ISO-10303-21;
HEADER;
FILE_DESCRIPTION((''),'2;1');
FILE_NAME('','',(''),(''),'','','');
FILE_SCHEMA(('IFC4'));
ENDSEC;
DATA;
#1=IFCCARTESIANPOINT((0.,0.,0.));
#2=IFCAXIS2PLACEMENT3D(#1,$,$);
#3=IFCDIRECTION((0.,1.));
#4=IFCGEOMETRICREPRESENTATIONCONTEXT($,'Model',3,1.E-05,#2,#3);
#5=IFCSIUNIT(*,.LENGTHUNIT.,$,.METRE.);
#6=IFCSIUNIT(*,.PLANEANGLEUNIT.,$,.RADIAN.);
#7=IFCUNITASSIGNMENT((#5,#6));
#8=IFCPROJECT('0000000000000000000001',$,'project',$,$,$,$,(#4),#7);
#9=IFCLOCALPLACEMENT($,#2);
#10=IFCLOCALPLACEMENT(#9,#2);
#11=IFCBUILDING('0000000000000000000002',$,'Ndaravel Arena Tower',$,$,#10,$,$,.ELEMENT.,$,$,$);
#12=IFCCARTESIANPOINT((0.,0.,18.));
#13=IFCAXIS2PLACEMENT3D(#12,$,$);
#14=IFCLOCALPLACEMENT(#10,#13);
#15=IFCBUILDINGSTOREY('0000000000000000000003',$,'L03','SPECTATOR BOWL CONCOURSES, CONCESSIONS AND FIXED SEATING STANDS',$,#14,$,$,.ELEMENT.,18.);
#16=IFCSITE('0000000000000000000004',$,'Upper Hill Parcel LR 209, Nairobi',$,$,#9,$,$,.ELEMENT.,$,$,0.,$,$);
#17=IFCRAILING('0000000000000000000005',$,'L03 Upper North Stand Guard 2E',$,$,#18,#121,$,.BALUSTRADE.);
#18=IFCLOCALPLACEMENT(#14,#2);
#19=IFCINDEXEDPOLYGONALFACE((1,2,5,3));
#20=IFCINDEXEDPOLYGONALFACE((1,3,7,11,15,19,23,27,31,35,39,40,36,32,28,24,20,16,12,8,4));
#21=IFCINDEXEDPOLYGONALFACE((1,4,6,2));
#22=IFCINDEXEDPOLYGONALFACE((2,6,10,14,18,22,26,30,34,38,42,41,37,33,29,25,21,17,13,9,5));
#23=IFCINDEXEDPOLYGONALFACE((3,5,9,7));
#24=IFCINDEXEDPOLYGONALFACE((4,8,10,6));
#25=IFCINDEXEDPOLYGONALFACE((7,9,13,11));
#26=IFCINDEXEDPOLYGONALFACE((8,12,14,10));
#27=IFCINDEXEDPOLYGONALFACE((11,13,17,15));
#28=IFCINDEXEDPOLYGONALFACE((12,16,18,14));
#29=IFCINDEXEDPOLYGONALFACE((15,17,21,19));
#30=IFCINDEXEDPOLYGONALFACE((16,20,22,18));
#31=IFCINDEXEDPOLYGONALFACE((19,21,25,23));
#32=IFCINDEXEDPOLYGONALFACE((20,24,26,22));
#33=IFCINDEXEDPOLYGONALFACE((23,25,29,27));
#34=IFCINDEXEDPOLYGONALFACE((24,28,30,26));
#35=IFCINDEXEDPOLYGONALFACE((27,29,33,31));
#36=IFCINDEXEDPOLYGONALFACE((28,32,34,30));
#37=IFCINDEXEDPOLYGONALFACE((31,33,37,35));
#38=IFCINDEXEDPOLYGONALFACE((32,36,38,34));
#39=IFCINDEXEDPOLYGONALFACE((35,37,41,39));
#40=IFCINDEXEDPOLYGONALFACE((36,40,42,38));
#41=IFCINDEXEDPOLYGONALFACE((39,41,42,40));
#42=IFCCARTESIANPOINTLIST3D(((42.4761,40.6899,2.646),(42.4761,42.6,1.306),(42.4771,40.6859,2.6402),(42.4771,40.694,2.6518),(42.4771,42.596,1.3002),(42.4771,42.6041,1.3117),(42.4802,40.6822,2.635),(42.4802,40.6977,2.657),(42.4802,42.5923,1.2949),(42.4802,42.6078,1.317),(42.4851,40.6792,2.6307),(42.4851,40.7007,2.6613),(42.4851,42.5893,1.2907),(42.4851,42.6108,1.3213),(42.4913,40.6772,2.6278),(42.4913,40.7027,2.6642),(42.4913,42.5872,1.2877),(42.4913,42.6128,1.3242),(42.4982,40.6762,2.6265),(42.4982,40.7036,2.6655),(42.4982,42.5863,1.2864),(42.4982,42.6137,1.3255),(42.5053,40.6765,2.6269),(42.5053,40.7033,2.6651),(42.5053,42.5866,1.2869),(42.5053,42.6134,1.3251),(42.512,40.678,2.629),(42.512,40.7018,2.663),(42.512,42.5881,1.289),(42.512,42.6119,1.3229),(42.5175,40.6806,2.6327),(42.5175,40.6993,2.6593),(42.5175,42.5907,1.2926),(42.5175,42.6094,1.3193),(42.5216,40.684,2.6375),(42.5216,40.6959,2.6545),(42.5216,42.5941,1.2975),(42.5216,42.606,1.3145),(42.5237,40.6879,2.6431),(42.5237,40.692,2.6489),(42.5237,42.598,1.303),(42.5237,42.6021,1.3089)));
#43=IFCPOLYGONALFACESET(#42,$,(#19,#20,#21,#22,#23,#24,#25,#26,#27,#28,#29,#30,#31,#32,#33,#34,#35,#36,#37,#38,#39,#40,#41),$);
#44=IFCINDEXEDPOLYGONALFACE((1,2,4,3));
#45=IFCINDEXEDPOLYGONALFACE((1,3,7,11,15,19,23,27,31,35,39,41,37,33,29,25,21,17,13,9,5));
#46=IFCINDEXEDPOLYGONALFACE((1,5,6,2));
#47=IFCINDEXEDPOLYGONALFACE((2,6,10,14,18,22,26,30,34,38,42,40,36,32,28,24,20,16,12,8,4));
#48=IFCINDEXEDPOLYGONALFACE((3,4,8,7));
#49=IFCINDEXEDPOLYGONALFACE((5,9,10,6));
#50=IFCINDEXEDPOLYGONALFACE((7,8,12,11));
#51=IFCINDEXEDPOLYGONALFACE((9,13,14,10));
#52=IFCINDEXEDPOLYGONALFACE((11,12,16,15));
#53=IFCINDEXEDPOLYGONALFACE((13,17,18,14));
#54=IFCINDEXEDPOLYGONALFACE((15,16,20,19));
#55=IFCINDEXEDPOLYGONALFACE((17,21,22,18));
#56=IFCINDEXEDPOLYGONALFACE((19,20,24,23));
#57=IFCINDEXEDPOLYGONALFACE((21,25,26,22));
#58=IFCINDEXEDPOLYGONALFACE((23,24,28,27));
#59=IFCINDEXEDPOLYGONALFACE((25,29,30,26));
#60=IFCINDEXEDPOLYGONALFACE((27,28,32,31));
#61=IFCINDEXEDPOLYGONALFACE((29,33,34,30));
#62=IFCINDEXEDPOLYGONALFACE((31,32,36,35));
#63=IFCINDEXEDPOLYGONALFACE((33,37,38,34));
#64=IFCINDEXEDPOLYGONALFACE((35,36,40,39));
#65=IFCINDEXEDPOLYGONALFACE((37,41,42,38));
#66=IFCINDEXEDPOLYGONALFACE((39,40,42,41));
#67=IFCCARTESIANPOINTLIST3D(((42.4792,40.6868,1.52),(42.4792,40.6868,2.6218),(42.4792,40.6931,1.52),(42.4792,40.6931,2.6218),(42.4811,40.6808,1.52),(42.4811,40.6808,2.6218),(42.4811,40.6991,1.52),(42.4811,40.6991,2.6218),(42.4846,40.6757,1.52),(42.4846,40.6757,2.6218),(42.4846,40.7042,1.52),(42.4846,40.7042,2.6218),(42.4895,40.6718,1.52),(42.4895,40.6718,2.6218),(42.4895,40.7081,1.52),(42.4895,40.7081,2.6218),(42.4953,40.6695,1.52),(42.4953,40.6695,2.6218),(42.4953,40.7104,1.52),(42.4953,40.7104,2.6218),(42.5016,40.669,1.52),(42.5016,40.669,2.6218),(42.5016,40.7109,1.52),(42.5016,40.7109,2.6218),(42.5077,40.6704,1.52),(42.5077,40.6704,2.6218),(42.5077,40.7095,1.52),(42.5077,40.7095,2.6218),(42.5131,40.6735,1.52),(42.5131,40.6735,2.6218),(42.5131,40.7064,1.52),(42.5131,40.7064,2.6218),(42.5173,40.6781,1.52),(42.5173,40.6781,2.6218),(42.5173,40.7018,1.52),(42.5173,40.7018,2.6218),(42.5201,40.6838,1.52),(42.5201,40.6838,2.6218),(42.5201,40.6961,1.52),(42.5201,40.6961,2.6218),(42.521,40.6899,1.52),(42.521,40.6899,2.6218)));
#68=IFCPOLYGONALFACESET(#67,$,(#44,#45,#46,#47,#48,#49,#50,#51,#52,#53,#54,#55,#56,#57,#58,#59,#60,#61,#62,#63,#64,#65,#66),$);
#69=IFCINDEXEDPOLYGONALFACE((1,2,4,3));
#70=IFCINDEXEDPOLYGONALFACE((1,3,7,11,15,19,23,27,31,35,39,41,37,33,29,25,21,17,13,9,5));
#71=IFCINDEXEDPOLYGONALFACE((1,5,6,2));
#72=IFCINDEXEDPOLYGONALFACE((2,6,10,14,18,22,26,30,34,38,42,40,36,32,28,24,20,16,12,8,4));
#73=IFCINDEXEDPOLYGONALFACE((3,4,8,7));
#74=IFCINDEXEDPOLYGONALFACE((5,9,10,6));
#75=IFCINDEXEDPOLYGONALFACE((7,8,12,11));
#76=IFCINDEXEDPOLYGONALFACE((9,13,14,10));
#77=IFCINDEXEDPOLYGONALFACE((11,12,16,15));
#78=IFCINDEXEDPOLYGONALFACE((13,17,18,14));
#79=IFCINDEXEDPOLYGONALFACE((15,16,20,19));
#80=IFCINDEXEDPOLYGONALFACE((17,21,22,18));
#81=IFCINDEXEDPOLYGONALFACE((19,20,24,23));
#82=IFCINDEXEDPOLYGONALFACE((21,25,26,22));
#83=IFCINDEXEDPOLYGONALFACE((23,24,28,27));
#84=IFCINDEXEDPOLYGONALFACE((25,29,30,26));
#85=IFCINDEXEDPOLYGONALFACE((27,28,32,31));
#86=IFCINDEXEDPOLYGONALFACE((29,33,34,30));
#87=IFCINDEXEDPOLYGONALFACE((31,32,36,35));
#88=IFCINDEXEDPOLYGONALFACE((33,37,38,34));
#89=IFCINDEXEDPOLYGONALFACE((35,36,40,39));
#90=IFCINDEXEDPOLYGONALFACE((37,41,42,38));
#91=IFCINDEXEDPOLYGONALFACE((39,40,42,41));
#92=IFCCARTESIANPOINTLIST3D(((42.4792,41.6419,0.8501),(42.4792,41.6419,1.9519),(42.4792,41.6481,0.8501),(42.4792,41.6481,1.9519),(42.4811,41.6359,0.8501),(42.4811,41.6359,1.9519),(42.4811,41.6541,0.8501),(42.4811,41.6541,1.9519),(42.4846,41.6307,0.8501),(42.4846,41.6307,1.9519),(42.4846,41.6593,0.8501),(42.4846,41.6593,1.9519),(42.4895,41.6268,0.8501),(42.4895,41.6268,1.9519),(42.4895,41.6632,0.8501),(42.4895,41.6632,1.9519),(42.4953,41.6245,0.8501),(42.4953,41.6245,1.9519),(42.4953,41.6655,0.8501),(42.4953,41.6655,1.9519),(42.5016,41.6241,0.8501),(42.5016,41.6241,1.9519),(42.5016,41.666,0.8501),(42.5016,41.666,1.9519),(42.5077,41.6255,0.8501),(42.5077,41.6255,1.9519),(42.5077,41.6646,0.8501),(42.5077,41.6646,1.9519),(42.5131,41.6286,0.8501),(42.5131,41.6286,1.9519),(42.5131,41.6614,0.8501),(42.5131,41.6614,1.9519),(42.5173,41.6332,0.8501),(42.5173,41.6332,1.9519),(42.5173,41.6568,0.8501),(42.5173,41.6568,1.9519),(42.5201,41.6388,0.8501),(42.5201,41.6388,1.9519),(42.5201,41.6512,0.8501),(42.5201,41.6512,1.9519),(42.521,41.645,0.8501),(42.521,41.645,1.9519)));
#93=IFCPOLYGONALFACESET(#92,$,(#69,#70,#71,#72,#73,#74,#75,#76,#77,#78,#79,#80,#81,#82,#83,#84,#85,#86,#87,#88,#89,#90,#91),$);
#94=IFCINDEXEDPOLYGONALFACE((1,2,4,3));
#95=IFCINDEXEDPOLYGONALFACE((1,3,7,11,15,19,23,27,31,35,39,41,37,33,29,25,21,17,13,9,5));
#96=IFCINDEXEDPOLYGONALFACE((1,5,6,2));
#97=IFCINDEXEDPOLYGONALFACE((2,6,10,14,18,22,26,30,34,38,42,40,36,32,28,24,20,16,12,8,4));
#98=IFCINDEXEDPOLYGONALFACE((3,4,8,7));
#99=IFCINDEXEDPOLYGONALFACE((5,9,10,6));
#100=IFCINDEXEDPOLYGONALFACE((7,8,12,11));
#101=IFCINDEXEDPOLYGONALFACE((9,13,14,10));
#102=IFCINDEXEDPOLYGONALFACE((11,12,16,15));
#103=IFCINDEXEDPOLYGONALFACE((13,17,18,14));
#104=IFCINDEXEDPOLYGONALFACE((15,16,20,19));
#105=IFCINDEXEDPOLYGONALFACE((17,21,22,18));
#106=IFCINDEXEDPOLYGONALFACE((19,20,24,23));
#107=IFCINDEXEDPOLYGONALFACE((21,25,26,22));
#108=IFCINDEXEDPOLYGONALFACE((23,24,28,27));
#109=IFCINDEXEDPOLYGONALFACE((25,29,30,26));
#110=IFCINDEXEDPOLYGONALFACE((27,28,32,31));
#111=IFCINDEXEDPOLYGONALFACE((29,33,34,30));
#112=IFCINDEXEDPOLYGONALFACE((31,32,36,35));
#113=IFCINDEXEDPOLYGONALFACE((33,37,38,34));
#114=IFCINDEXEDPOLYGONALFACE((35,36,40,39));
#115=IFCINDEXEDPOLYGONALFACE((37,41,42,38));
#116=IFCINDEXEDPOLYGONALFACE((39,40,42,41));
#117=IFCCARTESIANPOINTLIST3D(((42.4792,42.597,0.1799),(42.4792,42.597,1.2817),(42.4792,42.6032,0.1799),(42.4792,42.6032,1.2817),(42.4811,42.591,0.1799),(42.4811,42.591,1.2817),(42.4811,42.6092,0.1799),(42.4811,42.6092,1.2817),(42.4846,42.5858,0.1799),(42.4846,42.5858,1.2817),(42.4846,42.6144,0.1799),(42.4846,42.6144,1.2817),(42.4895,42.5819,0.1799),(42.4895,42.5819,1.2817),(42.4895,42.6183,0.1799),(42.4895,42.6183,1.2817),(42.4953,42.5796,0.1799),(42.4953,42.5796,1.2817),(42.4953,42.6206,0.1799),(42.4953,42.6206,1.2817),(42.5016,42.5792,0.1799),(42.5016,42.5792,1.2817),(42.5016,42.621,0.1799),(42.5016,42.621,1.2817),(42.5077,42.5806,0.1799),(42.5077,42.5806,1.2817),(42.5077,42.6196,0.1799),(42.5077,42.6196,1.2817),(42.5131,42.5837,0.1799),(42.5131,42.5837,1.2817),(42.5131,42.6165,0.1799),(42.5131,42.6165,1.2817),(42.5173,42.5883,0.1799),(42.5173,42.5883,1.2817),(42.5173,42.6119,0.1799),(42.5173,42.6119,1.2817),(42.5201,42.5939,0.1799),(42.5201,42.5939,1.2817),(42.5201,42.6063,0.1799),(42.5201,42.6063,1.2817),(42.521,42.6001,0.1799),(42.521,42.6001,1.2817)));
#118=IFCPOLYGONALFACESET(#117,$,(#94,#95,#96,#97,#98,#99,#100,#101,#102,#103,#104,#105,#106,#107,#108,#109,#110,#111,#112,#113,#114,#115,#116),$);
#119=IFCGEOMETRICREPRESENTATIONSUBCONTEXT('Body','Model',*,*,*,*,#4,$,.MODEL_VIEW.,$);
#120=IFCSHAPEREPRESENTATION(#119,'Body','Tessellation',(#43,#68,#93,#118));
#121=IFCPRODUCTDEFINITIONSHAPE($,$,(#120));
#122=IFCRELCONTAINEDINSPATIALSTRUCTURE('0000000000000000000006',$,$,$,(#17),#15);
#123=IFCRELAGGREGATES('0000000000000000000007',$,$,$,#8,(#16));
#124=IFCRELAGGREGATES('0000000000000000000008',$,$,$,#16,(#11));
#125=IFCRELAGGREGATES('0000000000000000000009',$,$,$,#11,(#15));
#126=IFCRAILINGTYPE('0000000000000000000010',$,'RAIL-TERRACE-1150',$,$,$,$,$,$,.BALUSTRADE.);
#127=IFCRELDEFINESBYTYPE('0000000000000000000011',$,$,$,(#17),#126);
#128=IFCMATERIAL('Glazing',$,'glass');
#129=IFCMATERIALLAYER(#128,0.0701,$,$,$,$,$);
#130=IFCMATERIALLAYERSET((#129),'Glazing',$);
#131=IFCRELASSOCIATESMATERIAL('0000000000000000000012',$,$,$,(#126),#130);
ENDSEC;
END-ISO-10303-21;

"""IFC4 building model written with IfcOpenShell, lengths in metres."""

from ifc_helpers import new_model, si_unit, direction, frame, origin, origin_2d, place, context, subcontext, project, spatial, circle, extrude, material, layer, layer_set, type_object, element, save


model = new_model("IFC4")

# Units and contexts
model_context = context("Model", 3, precision=1e-05, world=origin(), true_north=direction((0.0, 1.0)))
body_context = subcontext(model_context, "Body", "Model", "MODEL_VIEW")
ifc_project = project(units=[si_unit("LENGTHUNIT", "METRE"), si_unit("PLANEANGLEUNIT", "RADIAN")], contexts=[model_context])

# Site, building, storey
site_placement = place(None, origin())
site = spatial("IfcSite", under=ifc_project, at=site_placement, Name="Upper Hill Parcel LR 209, Nairobi", CompositionType="ELEMENT", RefElevation=0.0)
building_placement = place(site_placement, origin())
building = spatial("IfcBuilding", under=site, at=building_placement, Name="Ndaravel Arena Tower", CompositionType="ELEMENT")
storey_placement = place(building_placement, frame((0.0, 0.0, 18.0)))
storey = spatial("IfcBuildingStorey", under=building, at=storey_placement, Name="L03", Description="SPECTATOR BOWL CONCOURSES, CONCESSIONS AND FIXED SEATING STANDS", CompositionType="ELEMENT", Elevation=18.0)

# Railing
ifc_material_1 = material(Name="Glazing", Category="glass")
ifc_layer_1 = layer(ifc_material_1, 0.0701)
ifc_layer_set_1 = layer_set([ifc_layer_1], Name="Glazing")
railing_type = type_object("IfcRailingType", Name="RAIL-TERRACE-1150", PredefinedType="BALUSTRADE", material=ifc_layer_set_1)
railing_1_placement = place(storey_placement, frame((42.5, 40.6899, 1.52)))
element("IfcRailing", 1, at=railing_1_placement, inside=storey, type_object=railing_type, Name="L03 Upper North Stand Guard 2E", PredefinedType="BALUSTRADE", context=body_context, shape_type="SweptSolid", body=[
    extrude(circle(Radius=0.0239, at=origin_2d()), frame((0.0, 0.0, 1.126), z_axis=(0.0, 0.818632, -0.574319), x_axis=(-1.0, 0.0, 0.0)), (0.0, 0.0, 1.0), 2.3333),
    extrude(circle(Radius=0.021, at=origin_2d()), origin(), (0.0, 0.0, 1.0), 1.1018),
    extrude(circle(Radius=0.021, at=origin_2d()), frame((0.0, 0.9551, -0.6699)), (0.0, 0.0, 1.0), 1.1018),
    extrude(circle(Radius=0.021, at=origin_2d()), frame((0.0, 1.9102, -1.3401)), (0.0, 0.0, 1.0), 1.1018),
])

save(model, "model.ifc")
